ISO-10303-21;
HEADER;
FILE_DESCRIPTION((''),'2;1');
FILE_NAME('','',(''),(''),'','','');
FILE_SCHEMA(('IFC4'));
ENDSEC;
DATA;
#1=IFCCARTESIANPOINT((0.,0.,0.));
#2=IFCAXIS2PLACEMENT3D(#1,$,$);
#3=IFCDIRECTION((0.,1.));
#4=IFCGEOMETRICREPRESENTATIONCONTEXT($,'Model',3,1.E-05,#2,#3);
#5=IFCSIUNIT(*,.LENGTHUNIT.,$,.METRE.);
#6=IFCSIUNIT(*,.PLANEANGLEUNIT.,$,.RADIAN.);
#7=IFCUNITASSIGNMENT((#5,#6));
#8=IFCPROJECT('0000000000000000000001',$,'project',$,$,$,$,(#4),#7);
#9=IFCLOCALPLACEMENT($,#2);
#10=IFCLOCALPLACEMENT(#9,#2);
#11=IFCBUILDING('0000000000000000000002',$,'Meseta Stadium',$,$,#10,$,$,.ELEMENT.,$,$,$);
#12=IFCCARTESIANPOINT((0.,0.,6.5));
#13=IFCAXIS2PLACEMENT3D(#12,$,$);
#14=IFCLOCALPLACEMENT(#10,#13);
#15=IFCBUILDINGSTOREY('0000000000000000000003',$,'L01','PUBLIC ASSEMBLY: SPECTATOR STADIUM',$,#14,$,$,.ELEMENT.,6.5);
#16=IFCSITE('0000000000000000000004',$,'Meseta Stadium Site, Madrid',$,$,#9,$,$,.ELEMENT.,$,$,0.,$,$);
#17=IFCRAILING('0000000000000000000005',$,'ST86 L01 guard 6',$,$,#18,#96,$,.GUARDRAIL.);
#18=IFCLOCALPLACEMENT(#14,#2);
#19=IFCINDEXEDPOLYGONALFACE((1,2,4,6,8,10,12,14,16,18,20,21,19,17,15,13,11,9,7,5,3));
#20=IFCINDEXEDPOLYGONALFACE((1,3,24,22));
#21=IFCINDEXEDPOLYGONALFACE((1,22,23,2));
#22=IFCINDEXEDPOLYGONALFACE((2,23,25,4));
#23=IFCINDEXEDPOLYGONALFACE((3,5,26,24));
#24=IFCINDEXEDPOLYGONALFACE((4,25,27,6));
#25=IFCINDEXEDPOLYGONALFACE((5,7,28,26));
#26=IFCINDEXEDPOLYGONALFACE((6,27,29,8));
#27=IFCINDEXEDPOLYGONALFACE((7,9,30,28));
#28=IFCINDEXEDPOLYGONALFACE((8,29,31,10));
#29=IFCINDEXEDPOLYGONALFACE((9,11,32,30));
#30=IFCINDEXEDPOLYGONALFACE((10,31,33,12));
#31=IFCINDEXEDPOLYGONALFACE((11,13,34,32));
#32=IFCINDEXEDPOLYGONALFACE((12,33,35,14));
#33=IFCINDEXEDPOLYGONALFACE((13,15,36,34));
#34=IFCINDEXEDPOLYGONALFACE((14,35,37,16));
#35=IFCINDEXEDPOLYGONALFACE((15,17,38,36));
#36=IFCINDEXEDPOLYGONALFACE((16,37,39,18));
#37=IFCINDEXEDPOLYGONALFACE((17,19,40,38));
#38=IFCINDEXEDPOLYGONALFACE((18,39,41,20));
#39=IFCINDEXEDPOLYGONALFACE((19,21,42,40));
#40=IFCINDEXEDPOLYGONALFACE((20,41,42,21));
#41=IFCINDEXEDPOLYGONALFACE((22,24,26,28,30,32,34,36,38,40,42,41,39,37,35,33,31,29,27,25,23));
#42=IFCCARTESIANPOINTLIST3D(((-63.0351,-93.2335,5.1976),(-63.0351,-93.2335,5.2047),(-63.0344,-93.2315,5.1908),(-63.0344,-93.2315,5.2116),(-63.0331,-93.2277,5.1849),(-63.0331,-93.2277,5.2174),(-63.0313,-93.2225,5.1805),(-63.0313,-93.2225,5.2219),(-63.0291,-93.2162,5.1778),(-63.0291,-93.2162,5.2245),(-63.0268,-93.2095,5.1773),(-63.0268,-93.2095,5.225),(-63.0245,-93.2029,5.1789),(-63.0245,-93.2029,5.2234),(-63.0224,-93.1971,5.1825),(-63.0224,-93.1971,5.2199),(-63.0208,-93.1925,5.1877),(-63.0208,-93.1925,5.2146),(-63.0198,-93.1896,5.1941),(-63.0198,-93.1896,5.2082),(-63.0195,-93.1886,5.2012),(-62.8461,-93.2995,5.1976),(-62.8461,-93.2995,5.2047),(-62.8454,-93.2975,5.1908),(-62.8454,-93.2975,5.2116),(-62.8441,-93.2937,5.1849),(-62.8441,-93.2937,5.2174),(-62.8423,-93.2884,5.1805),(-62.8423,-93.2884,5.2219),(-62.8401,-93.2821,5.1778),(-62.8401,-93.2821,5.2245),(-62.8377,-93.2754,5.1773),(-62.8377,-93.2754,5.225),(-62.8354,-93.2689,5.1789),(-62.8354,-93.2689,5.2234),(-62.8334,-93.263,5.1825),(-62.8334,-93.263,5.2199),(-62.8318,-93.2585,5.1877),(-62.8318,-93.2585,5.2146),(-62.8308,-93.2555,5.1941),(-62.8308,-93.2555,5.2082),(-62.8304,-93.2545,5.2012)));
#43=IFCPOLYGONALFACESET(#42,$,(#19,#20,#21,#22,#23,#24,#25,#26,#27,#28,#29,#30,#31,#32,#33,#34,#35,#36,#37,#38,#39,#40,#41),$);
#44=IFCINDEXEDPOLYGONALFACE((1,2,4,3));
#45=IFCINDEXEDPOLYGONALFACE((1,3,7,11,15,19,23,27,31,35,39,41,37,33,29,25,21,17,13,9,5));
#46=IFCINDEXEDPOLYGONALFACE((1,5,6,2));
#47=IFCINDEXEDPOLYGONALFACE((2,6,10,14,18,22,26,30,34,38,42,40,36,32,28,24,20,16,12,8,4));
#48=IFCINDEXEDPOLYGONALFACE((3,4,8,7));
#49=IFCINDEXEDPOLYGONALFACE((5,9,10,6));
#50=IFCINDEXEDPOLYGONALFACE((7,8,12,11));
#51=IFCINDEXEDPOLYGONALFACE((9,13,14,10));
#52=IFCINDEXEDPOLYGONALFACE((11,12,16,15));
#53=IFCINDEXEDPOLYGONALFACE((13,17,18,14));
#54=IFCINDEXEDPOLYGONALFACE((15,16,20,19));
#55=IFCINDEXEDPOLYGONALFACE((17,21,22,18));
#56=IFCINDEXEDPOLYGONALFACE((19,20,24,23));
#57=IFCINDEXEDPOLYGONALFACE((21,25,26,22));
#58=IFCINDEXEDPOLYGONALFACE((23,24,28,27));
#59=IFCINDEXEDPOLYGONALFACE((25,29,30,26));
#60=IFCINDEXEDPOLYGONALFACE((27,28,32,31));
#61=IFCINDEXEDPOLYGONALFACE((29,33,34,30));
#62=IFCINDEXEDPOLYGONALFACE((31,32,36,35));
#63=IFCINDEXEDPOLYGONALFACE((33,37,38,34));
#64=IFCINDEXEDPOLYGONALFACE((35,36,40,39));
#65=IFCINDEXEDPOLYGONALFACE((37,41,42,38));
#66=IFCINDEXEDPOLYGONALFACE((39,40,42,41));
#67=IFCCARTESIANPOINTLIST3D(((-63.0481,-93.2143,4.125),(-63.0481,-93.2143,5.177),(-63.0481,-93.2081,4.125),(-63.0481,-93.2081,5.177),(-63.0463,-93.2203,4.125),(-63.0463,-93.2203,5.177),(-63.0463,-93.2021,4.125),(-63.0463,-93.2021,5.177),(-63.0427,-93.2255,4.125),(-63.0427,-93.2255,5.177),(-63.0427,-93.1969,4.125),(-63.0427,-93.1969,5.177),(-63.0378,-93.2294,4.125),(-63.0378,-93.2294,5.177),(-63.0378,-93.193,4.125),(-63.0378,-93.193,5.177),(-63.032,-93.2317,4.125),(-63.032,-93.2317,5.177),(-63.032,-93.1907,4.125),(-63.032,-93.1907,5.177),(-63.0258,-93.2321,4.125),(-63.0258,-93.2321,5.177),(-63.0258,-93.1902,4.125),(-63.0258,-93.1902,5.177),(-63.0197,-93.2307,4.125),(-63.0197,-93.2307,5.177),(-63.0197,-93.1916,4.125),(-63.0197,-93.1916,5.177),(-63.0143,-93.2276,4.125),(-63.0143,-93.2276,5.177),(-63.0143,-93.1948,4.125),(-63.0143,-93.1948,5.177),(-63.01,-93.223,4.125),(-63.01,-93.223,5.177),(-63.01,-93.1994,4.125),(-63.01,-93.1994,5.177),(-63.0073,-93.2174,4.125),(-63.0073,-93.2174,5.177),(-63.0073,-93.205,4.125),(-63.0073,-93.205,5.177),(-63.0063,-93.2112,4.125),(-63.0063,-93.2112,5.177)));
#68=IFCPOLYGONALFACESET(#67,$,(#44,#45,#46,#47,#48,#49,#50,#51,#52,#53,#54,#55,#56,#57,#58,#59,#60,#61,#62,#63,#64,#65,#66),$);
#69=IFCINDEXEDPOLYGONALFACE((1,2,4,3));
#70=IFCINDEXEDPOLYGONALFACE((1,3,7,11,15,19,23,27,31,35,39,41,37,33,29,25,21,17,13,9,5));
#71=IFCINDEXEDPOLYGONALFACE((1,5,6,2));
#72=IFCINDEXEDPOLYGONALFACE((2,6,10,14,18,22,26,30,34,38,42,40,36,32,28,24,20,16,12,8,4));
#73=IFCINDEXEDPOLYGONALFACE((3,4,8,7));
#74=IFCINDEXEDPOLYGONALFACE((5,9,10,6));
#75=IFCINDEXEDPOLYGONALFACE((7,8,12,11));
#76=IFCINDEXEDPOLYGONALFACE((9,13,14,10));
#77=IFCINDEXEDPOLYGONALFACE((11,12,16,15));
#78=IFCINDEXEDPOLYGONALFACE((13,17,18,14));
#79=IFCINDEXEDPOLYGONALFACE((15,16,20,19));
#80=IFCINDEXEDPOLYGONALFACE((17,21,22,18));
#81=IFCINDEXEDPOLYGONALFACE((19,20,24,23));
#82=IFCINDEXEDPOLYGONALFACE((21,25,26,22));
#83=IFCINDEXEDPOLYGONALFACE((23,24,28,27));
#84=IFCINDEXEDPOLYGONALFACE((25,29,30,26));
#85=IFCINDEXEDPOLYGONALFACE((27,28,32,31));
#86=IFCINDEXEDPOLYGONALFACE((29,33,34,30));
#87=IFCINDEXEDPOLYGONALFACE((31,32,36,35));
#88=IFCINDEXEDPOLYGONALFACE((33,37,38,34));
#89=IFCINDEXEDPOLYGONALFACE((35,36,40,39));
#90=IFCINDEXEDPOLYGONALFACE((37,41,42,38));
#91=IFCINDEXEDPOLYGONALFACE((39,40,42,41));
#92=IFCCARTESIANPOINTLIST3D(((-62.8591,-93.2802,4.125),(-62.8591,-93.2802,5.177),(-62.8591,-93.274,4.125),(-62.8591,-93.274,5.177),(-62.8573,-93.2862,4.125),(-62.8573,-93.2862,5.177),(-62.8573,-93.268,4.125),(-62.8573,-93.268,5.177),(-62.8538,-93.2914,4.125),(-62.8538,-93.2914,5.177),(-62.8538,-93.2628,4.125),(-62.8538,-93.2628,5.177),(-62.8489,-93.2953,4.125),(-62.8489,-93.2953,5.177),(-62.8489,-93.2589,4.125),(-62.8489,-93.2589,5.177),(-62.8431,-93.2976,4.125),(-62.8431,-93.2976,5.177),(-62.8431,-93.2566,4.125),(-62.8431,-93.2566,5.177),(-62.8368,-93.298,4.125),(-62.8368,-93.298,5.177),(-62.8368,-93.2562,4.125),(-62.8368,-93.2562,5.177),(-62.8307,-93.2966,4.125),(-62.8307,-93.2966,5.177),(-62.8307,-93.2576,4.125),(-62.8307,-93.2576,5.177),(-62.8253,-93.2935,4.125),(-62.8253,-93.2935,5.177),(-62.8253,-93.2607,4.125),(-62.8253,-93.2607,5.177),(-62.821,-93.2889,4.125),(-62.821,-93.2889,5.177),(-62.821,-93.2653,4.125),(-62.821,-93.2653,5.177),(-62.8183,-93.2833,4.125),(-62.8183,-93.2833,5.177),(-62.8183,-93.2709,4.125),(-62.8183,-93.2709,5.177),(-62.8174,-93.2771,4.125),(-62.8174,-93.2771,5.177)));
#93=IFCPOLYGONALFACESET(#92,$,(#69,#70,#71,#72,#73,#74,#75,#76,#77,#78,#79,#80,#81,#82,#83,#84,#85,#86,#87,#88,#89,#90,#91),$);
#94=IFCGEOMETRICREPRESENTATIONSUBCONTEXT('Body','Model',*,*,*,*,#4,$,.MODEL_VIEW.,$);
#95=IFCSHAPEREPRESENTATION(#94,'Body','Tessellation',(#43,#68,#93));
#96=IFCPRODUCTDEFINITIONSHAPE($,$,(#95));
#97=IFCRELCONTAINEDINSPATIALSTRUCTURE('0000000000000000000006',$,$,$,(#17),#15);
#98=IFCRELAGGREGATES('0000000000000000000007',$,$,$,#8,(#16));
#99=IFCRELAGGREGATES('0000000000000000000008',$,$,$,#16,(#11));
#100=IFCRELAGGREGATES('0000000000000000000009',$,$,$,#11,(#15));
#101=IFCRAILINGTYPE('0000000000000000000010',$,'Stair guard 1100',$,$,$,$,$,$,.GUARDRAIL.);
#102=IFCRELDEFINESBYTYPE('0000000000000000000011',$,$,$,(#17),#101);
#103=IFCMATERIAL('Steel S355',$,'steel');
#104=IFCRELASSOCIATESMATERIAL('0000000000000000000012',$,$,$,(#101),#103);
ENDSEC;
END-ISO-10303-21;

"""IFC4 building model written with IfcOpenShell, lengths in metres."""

from ifc_helpers import new_model, si_unit, direction, frame, origin, origin_2d, place, context, subcontext, project, spatial, circle, extrude, material, type_object, element, save


model = new_model("IFC4")

# Units and contexts
model_context = context("Model", 3, precision=1e-05, world=origin(), true_north=direction((0.0, 1.0)))
body_context = subcontext(model_context, "Body", "Model", "MODEL_VIEW")
ifc_project = project(units=[si_unit("LENGTHUNIT", "METRE"), si_unit("PLANEANGLEUNIT", "RADIAN")], contexts=[model_context])

# Site, building, storey
site_placement = place(None, origin())
site = spatial("IfcSite", under=ifc_project, at=site_placement, Name="Meseta Stadium Site, Madrid", CompositionType="ELEMENT", RefElevation=0.0)
building_placement = place(site_placement, origin())
building = spatial("IfcBuilding", under=site, at=building_placement, Name="Meseta Stadium", CompositionType="ELEMENT")
storey_placement = place(building_placement, frame((0.0, 0.0, 6.5)))
storey = spatial("IfcBuildingStorey", under=building, at=storey_placement, Name="L01", Description="PUBLIC ASSEMBLY: SPECTATOR STADIUM", CompositionType="ELEMENT", Elevation=6.5)

# Railing
ifc_material_1 = material(Name="Steel S355", Category="steel")
railing_type_1 = type_object("IfcRailingType", Name="Stair guard 1100", PredefinedType="GUARDRAIL", material=ifc_material_1)
railing_1_placement = place(storey_placement, frame((-63.0273, -93.2112, 4.125)))
element("IfcRailing", 1, at=railing_1_placement, inside=storey, type_object=railing_type_1, Name="ST86 L01 guard 6", PredefinedType="GUARDRAIL", context=body_context, shape_type="SweptSolid", body=[
    extrude(circle(Radius=0.0239, at=origin_2d()), frame((0.0, 0.0, 1.0762), z_axis=(0.9442, -0.329372, 0.0), x_axis=(0.329372, 0.9442, 0.0)), (0.0, 0.0, 1.0), 0.2002),
    extrude(circle(Radius=0.021, at=origin_2d()), origin(), (0.0, 0.0, 1.0), 1.052),
    extrude(circle(Radius=0.021, at=origin_2d()), frame((0.189, -0.0659, 0.0)), (0.0, 0.0, 1.0), 1.052),
])

save(model, "model.ifc")
